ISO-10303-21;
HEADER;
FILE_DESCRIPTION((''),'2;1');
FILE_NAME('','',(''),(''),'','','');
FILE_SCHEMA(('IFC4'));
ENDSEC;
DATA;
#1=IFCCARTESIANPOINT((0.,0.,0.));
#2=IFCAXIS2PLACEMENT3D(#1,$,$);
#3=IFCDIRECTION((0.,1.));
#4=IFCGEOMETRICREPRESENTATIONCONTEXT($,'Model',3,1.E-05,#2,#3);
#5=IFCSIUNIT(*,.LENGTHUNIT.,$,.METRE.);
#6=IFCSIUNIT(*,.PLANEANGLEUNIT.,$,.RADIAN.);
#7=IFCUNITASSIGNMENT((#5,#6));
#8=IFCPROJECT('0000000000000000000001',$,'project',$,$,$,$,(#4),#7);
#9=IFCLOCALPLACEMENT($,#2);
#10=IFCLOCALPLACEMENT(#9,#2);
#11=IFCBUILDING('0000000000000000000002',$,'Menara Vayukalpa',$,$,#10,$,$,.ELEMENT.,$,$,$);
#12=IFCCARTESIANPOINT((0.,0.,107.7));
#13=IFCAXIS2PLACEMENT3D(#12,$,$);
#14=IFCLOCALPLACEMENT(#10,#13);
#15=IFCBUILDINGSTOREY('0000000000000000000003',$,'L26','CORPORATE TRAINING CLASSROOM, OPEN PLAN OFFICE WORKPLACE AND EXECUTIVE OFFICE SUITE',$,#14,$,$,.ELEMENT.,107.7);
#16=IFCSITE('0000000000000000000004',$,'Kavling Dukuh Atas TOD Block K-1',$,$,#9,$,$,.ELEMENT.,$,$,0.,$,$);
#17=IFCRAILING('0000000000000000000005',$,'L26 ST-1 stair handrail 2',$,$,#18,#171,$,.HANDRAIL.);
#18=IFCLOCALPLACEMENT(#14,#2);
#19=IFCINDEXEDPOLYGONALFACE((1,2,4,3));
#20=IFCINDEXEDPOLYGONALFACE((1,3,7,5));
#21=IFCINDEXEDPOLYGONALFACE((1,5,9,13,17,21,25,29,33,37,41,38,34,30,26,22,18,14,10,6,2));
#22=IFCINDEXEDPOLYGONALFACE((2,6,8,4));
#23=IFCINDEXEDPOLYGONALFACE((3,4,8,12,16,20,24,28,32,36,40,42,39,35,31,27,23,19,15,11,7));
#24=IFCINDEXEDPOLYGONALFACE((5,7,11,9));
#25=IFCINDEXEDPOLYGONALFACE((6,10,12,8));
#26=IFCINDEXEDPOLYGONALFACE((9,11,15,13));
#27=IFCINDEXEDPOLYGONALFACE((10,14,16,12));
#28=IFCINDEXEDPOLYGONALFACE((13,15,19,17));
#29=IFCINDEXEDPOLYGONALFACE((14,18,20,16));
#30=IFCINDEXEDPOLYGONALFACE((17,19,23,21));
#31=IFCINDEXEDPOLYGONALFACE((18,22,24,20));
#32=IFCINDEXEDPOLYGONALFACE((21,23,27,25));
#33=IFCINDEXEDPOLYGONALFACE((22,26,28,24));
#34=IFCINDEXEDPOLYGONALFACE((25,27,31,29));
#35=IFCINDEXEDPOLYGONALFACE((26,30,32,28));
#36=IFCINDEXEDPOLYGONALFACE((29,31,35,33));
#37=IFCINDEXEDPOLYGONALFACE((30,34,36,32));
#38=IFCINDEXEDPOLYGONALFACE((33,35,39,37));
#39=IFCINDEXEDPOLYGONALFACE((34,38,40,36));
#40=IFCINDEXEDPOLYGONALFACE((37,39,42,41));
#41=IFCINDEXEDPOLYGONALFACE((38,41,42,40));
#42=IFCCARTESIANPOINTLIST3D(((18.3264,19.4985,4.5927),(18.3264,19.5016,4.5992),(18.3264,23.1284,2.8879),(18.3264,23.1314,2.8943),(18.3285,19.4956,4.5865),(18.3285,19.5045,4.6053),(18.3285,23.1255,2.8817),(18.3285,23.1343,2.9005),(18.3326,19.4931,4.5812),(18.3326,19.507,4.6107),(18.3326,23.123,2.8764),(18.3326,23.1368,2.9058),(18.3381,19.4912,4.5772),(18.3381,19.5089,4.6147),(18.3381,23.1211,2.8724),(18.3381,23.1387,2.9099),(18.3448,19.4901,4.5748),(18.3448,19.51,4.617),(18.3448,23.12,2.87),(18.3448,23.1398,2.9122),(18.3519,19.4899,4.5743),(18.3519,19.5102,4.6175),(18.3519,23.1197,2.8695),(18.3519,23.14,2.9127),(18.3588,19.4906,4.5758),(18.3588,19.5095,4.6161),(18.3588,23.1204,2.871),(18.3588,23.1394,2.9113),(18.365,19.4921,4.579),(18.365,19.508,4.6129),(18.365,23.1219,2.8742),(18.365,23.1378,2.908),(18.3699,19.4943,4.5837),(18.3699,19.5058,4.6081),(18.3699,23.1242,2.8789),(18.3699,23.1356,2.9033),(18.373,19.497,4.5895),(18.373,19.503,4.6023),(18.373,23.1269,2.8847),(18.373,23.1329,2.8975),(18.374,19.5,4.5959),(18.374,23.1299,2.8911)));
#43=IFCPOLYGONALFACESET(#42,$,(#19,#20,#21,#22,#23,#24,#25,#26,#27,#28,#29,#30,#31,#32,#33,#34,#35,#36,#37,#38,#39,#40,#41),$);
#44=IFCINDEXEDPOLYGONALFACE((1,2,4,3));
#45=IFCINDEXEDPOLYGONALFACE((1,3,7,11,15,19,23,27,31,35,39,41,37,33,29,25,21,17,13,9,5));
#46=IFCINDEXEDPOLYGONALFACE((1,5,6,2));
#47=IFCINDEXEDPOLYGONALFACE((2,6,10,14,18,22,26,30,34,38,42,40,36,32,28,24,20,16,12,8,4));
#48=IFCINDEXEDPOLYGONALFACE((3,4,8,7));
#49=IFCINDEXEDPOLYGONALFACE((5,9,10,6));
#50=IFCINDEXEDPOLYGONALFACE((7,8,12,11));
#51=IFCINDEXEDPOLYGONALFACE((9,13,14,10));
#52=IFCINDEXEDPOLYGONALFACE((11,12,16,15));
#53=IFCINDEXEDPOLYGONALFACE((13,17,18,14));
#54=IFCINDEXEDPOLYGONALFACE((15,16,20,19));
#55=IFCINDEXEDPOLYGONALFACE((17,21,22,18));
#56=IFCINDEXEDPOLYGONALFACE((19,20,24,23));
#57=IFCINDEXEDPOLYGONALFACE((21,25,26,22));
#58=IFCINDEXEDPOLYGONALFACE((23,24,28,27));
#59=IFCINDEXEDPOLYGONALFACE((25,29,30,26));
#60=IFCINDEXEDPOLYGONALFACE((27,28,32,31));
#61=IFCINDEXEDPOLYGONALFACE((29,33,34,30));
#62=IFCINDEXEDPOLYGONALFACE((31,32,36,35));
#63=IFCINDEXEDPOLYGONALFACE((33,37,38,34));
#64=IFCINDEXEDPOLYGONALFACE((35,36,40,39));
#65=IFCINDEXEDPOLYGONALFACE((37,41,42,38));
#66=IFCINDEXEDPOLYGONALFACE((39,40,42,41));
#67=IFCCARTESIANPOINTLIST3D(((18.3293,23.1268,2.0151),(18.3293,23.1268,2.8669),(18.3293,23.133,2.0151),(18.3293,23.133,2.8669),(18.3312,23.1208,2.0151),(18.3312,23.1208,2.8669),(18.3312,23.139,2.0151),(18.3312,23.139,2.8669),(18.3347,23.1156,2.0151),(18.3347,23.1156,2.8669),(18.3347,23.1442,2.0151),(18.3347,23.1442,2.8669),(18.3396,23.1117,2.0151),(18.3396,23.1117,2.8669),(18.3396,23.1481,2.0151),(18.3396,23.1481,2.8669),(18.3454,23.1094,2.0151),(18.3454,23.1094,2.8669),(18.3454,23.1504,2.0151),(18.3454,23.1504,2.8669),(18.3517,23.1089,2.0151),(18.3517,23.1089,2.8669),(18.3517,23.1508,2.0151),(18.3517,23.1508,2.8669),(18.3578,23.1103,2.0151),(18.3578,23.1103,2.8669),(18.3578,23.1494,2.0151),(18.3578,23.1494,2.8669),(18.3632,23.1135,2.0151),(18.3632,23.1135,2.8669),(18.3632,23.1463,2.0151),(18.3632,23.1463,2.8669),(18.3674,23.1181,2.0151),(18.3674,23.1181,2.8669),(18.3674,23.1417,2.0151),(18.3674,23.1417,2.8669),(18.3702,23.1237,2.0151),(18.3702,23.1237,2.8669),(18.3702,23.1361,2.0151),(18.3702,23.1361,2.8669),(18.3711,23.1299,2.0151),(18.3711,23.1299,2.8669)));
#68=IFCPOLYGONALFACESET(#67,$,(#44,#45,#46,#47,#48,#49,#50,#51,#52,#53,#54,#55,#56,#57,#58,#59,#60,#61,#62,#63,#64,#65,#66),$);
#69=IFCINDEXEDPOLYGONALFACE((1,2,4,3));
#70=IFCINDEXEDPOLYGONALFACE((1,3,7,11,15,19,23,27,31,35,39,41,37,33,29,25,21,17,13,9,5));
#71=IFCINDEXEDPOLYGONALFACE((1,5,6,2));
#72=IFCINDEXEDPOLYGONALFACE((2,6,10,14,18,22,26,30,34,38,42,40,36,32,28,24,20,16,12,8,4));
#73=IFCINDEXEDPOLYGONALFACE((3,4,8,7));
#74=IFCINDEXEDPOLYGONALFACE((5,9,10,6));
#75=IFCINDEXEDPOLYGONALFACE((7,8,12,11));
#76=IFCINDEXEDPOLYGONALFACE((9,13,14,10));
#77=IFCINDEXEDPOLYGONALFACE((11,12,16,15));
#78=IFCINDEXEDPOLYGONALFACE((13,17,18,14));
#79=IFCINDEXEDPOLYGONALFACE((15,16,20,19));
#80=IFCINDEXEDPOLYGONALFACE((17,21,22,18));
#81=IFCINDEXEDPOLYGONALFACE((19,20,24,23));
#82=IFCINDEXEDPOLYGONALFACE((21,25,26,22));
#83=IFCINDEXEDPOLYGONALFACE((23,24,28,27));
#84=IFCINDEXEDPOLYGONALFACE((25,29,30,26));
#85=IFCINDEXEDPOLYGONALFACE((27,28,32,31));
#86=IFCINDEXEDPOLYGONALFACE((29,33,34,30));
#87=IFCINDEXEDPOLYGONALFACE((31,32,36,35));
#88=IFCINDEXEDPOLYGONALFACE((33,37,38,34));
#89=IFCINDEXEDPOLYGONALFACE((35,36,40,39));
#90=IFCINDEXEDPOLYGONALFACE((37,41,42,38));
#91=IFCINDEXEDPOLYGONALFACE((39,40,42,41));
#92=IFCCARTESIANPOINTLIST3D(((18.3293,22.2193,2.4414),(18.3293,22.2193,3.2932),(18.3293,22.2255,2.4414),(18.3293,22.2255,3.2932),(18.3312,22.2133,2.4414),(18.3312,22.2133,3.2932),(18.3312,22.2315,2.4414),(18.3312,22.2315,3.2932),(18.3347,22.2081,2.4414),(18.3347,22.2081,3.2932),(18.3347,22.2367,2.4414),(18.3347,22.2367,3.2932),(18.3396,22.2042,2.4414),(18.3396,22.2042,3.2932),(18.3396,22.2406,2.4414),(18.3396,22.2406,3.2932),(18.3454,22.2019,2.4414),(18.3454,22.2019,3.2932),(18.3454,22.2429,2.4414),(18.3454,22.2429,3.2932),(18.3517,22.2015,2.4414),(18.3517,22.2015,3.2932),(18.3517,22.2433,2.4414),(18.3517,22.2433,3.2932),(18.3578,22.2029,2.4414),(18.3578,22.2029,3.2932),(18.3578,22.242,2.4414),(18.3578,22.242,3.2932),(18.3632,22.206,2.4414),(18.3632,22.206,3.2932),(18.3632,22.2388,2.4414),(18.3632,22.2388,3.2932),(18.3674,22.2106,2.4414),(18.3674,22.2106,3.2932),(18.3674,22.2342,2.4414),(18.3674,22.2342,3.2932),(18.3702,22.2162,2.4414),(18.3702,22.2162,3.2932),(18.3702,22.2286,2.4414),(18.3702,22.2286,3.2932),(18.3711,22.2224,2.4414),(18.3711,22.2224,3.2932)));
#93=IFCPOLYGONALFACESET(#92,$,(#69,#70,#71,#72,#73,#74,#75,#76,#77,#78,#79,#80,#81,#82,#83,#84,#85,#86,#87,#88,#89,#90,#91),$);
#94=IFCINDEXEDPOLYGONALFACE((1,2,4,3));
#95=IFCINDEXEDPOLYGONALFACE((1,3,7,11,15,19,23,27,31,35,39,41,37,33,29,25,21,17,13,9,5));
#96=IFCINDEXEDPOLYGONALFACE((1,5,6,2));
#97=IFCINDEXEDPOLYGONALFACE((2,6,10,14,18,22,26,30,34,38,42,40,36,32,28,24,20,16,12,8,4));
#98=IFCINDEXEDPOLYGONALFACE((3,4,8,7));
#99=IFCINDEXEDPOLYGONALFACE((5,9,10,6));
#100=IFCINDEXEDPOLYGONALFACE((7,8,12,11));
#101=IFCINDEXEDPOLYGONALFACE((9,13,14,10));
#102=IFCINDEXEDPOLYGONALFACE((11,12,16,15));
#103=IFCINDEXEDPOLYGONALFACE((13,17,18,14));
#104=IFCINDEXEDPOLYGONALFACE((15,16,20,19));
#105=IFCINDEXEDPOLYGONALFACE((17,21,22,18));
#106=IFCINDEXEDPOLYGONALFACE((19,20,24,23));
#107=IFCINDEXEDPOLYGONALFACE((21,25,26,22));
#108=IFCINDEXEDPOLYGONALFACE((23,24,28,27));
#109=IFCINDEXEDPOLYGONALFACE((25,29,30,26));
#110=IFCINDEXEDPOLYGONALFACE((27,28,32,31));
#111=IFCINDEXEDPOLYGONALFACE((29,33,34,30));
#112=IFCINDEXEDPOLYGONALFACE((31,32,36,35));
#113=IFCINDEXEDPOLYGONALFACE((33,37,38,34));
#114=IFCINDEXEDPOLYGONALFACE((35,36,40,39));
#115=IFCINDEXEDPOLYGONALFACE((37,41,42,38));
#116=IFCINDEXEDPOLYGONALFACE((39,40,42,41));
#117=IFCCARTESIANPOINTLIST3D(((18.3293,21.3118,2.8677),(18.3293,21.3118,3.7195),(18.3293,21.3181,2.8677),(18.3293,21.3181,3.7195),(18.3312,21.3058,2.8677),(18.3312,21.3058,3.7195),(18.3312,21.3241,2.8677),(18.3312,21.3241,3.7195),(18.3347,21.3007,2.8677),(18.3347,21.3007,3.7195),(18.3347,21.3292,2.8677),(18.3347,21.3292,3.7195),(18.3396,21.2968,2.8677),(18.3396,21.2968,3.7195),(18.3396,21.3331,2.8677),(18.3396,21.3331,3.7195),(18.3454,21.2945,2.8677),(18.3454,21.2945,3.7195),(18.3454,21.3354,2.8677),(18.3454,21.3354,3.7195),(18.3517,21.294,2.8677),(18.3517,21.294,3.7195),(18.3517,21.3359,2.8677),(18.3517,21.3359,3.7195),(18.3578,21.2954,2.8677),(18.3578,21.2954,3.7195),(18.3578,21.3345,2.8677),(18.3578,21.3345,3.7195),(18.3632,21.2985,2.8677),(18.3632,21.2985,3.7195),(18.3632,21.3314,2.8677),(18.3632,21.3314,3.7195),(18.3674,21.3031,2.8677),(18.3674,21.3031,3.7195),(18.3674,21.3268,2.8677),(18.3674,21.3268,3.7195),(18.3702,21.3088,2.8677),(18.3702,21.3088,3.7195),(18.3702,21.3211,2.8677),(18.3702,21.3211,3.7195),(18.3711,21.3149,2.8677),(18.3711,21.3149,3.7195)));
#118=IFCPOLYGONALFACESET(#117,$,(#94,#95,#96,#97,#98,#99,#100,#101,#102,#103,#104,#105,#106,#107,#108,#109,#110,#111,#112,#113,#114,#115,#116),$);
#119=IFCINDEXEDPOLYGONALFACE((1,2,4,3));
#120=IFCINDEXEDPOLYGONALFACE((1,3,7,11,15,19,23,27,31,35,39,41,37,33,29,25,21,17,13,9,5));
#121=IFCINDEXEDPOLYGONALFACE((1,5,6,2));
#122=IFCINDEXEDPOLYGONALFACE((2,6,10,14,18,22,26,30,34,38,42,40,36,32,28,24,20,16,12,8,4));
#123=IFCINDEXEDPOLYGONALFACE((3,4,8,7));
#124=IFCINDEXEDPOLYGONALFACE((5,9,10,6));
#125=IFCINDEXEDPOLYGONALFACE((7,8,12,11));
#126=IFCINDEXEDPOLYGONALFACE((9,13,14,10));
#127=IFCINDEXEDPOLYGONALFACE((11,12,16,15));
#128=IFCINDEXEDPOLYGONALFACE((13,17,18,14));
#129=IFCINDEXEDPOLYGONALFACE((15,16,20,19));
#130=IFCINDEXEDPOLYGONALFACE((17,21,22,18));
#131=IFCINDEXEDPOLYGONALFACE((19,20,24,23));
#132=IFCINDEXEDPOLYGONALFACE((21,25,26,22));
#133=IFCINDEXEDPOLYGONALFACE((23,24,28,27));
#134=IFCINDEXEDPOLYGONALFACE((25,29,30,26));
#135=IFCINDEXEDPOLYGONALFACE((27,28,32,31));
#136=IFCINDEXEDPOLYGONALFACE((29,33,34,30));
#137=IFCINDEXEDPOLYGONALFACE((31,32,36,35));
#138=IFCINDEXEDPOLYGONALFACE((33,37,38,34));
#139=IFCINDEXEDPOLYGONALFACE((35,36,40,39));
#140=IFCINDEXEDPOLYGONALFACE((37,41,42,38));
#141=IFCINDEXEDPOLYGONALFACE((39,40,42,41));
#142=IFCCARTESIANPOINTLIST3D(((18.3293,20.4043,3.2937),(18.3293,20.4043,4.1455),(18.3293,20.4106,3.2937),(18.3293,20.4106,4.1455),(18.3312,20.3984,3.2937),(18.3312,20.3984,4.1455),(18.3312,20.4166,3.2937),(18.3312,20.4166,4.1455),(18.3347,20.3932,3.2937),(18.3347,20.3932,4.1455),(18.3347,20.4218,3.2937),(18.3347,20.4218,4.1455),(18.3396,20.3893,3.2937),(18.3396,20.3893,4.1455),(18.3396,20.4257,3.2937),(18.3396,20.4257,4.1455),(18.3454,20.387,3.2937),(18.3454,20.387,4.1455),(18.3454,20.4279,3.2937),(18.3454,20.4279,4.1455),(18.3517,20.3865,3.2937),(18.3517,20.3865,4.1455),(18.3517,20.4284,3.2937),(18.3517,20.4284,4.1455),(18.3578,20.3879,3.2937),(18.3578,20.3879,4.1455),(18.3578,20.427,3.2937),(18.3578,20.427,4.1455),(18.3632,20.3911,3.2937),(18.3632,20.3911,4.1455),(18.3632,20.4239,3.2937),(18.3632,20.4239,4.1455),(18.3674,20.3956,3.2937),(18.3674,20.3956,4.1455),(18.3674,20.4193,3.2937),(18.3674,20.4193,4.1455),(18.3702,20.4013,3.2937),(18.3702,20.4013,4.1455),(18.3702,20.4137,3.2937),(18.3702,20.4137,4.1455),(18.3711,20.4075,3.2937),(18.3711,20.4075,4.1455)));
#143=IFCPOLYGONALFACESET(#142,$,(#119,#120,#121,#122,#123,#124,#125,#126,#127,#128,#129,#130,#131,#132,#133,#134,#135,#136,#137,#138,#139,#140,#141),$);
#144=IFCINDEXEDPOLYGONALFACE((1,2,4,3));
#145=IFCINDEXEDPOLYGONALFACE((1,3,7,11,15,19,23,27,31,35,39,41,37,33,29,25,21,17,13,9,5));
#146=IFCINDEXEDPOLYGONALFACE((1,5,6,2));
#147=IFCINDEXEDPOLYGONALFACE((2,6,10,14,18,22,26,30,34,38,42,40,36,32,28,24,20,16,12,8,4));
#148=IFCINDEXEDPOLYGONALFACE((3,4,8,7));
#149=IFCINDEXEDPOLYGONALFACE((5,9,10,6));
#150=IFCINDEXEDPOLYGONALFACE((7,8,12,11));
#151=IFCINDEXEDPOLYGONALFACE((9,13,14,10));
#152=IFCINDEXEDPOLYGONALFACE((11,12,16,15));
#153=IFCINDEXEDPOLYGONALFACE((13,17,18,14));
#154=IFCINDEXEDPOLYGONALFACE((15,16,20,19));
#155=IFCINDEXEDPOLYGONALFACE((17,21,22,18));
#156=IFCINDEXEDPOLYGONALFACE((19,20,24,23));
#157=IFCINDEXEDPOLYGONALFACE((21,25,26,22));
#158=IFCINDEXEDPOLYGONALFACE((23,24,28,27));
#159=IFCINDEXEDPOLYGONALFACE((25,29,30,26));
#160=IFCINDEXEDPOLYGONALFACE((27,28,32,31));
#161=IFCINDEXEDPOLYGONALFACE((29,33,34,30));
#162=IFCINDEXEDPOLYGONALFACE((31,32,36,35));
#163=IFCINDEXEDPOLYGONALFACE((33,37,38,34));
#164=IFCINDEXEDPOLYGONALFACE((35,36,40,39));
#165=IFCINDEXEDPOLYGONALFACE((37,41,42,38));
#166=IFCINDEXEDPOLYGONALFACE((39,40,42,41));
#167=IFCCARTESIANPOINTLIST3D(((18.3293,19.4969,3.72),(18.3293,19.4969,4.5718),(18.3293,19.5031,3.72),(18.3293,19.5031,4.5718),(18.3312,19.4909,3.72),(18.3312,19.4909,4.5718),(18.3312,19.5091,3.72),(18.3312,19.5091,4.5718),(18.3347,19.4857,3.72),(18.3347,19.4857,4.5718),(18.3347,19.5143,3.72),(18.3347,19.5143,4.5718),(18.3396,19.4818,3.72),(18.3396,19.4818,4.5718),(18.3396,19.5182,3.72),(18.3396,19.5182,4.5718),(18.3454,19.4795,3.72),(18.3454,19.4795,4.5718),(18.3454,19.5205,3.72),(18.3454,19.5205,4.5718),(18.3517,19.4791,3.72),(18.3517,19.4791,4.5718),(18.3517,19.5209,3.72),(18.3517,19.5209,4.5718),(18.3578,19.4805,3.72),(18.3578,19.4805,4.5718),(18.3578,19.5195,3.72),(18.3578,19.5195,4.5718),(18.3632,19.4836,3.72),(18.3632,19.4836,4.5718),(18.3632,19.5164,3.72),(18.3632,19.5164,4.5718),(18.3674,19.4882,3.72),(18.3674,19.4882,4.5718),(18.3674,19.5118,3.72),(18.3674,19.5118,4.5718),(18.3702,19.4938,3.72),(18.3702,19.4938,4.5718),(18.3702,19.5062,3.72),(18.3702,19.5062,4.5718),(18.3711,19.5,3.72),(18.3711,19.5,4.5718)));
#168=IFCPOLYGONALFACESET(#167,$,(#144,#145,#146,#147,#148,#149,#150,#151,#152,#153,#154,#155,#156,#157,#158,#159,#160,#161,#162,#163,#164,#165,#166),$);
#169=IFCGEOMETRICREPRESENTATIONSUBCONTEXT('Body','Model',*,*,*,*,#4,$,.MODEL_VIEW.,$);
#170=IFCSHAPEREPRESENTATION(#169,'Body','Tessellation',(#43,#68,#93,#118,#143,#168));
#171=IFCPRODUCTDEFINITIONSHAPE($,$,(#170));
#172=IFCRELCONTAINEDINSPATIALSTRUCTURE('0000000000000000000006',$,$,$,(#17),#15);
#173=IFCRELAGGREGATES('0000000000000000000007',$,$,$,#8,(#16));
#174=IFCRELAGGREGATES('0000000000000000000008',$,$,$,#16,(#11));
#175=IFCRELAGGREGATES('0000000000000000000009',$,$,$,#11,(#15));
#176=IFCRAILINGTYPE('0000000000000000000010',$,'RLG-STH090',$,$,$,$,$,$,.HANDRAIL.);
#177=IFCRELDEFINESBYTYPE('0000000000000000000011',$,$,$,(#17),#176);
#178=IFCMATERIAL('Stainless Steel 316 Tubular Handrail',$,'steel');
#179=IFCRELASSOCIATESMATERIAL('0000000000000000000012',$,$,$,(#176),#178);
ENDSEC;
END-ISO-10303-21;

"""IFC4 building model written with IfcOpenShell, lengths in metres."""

from ifc_helpers import new_model, si_unit, direction, frame, origin, origin_2d, place, context, subcontext, project, spatial, circle, extrude, material, type_object, element, save


model = new_model("IFC4")

# Units and contexts
model_context = context("Model", 3, precision=1e-05, world=origin(), true_north=direction((0.0, 1.0)))
body_context = subcontext(model_context, "Body", "Model", "MODEL_VIEW")
ifc_project = project(units=[si_unit("LENGTHUNIT", "METRE"), si_unit("PLANEANGLEUNIT", "RADIAN")], contexts=[model_context])

# Site, building, storey
site_placement = place(None, origin())
site = spatial("IfcSite", under=ifc_project, at=site_placement, Name="Kavling Dukuh Atas TOD Block K-1", CompositionType="ELEMENT", RefElevation=0.0)
building_placement = place(site_placement, origin())
building = spatial("IfcBuilding", under=site, at=building_placement, Name="Menara Vayukalpa", CompositionType="ELEMENT")
storey_placement = place(building_placement, frame((0.0, 0.0, 107.7)))
storey = spatial("IfcBuildingStorey", under=building, at=storey_placement, Name="L26", Description="CORPORATE TRAINING CLASSROOM, OPEN PLAN OFFICE WORKPLACE AND EXECUTIVE OFFICE SUITE", CompositionType="ELEMENT", Elevation=107.7)

# Railing
ifc_material_1 = material(Name="Stainless Steel 316 Tubular Handrail", Category="steel")
railing_type_1 = type_object("IfcRailingType", Name="RLG-STH090", PredefinedType="HANDRAIL", material=ifc_material_1)
railing_1_placement = place(storey_placement, frame((18.3501, 23.1299, 2.0151)))
element("IfcRailing", 1, at=railing_1_placement, inside=storey, type_object=railing_type_1, Name="L26 ST-1 stair handrail 2", PredefinedType="HANDRAIL", context=body_context, shape_type="SweptSolid", body=[
    extrude(circle(Radius=0.0239, at=origin_2d()), frame((0.0, 0.0, 0.876), z_axis=(0.0, -0.90514, 0.425114), x_axis=(1.0, 0.0, 0.0)), (0.0, 0.0, 1.0), 4.0103),
    extrude(circle(Radius=0.021, at=origin_2d()), origin(), (0.0, 0.0, 1.0), 0.8518),
    extrude(circle(Radius=0.021, at=origin_2d()), frame((0.0, -0.9075, 0.4263)), (0.0, 0.0, 1.0), 0.8518),
    extrude(circle(Radius=0.021, at=origin_2d()), frame((0.0, -1.8149, 0.8525)), (0.0, 0.0, 1.0), 0.8518),
    extrude(circle(Radius=0.021, at=origin_2d()), frame((0.0, -2.7224, 1.2786)), (0.0, 0.0, 1.0), 0.8518),
    extrude(circle(Radius=0.021, at=origin_2d()), frame((0.0, -3.6299, 1.7048)), (0.0, 0.0, 1.0), 0.8518),
])

save(model, "model.ifc")
